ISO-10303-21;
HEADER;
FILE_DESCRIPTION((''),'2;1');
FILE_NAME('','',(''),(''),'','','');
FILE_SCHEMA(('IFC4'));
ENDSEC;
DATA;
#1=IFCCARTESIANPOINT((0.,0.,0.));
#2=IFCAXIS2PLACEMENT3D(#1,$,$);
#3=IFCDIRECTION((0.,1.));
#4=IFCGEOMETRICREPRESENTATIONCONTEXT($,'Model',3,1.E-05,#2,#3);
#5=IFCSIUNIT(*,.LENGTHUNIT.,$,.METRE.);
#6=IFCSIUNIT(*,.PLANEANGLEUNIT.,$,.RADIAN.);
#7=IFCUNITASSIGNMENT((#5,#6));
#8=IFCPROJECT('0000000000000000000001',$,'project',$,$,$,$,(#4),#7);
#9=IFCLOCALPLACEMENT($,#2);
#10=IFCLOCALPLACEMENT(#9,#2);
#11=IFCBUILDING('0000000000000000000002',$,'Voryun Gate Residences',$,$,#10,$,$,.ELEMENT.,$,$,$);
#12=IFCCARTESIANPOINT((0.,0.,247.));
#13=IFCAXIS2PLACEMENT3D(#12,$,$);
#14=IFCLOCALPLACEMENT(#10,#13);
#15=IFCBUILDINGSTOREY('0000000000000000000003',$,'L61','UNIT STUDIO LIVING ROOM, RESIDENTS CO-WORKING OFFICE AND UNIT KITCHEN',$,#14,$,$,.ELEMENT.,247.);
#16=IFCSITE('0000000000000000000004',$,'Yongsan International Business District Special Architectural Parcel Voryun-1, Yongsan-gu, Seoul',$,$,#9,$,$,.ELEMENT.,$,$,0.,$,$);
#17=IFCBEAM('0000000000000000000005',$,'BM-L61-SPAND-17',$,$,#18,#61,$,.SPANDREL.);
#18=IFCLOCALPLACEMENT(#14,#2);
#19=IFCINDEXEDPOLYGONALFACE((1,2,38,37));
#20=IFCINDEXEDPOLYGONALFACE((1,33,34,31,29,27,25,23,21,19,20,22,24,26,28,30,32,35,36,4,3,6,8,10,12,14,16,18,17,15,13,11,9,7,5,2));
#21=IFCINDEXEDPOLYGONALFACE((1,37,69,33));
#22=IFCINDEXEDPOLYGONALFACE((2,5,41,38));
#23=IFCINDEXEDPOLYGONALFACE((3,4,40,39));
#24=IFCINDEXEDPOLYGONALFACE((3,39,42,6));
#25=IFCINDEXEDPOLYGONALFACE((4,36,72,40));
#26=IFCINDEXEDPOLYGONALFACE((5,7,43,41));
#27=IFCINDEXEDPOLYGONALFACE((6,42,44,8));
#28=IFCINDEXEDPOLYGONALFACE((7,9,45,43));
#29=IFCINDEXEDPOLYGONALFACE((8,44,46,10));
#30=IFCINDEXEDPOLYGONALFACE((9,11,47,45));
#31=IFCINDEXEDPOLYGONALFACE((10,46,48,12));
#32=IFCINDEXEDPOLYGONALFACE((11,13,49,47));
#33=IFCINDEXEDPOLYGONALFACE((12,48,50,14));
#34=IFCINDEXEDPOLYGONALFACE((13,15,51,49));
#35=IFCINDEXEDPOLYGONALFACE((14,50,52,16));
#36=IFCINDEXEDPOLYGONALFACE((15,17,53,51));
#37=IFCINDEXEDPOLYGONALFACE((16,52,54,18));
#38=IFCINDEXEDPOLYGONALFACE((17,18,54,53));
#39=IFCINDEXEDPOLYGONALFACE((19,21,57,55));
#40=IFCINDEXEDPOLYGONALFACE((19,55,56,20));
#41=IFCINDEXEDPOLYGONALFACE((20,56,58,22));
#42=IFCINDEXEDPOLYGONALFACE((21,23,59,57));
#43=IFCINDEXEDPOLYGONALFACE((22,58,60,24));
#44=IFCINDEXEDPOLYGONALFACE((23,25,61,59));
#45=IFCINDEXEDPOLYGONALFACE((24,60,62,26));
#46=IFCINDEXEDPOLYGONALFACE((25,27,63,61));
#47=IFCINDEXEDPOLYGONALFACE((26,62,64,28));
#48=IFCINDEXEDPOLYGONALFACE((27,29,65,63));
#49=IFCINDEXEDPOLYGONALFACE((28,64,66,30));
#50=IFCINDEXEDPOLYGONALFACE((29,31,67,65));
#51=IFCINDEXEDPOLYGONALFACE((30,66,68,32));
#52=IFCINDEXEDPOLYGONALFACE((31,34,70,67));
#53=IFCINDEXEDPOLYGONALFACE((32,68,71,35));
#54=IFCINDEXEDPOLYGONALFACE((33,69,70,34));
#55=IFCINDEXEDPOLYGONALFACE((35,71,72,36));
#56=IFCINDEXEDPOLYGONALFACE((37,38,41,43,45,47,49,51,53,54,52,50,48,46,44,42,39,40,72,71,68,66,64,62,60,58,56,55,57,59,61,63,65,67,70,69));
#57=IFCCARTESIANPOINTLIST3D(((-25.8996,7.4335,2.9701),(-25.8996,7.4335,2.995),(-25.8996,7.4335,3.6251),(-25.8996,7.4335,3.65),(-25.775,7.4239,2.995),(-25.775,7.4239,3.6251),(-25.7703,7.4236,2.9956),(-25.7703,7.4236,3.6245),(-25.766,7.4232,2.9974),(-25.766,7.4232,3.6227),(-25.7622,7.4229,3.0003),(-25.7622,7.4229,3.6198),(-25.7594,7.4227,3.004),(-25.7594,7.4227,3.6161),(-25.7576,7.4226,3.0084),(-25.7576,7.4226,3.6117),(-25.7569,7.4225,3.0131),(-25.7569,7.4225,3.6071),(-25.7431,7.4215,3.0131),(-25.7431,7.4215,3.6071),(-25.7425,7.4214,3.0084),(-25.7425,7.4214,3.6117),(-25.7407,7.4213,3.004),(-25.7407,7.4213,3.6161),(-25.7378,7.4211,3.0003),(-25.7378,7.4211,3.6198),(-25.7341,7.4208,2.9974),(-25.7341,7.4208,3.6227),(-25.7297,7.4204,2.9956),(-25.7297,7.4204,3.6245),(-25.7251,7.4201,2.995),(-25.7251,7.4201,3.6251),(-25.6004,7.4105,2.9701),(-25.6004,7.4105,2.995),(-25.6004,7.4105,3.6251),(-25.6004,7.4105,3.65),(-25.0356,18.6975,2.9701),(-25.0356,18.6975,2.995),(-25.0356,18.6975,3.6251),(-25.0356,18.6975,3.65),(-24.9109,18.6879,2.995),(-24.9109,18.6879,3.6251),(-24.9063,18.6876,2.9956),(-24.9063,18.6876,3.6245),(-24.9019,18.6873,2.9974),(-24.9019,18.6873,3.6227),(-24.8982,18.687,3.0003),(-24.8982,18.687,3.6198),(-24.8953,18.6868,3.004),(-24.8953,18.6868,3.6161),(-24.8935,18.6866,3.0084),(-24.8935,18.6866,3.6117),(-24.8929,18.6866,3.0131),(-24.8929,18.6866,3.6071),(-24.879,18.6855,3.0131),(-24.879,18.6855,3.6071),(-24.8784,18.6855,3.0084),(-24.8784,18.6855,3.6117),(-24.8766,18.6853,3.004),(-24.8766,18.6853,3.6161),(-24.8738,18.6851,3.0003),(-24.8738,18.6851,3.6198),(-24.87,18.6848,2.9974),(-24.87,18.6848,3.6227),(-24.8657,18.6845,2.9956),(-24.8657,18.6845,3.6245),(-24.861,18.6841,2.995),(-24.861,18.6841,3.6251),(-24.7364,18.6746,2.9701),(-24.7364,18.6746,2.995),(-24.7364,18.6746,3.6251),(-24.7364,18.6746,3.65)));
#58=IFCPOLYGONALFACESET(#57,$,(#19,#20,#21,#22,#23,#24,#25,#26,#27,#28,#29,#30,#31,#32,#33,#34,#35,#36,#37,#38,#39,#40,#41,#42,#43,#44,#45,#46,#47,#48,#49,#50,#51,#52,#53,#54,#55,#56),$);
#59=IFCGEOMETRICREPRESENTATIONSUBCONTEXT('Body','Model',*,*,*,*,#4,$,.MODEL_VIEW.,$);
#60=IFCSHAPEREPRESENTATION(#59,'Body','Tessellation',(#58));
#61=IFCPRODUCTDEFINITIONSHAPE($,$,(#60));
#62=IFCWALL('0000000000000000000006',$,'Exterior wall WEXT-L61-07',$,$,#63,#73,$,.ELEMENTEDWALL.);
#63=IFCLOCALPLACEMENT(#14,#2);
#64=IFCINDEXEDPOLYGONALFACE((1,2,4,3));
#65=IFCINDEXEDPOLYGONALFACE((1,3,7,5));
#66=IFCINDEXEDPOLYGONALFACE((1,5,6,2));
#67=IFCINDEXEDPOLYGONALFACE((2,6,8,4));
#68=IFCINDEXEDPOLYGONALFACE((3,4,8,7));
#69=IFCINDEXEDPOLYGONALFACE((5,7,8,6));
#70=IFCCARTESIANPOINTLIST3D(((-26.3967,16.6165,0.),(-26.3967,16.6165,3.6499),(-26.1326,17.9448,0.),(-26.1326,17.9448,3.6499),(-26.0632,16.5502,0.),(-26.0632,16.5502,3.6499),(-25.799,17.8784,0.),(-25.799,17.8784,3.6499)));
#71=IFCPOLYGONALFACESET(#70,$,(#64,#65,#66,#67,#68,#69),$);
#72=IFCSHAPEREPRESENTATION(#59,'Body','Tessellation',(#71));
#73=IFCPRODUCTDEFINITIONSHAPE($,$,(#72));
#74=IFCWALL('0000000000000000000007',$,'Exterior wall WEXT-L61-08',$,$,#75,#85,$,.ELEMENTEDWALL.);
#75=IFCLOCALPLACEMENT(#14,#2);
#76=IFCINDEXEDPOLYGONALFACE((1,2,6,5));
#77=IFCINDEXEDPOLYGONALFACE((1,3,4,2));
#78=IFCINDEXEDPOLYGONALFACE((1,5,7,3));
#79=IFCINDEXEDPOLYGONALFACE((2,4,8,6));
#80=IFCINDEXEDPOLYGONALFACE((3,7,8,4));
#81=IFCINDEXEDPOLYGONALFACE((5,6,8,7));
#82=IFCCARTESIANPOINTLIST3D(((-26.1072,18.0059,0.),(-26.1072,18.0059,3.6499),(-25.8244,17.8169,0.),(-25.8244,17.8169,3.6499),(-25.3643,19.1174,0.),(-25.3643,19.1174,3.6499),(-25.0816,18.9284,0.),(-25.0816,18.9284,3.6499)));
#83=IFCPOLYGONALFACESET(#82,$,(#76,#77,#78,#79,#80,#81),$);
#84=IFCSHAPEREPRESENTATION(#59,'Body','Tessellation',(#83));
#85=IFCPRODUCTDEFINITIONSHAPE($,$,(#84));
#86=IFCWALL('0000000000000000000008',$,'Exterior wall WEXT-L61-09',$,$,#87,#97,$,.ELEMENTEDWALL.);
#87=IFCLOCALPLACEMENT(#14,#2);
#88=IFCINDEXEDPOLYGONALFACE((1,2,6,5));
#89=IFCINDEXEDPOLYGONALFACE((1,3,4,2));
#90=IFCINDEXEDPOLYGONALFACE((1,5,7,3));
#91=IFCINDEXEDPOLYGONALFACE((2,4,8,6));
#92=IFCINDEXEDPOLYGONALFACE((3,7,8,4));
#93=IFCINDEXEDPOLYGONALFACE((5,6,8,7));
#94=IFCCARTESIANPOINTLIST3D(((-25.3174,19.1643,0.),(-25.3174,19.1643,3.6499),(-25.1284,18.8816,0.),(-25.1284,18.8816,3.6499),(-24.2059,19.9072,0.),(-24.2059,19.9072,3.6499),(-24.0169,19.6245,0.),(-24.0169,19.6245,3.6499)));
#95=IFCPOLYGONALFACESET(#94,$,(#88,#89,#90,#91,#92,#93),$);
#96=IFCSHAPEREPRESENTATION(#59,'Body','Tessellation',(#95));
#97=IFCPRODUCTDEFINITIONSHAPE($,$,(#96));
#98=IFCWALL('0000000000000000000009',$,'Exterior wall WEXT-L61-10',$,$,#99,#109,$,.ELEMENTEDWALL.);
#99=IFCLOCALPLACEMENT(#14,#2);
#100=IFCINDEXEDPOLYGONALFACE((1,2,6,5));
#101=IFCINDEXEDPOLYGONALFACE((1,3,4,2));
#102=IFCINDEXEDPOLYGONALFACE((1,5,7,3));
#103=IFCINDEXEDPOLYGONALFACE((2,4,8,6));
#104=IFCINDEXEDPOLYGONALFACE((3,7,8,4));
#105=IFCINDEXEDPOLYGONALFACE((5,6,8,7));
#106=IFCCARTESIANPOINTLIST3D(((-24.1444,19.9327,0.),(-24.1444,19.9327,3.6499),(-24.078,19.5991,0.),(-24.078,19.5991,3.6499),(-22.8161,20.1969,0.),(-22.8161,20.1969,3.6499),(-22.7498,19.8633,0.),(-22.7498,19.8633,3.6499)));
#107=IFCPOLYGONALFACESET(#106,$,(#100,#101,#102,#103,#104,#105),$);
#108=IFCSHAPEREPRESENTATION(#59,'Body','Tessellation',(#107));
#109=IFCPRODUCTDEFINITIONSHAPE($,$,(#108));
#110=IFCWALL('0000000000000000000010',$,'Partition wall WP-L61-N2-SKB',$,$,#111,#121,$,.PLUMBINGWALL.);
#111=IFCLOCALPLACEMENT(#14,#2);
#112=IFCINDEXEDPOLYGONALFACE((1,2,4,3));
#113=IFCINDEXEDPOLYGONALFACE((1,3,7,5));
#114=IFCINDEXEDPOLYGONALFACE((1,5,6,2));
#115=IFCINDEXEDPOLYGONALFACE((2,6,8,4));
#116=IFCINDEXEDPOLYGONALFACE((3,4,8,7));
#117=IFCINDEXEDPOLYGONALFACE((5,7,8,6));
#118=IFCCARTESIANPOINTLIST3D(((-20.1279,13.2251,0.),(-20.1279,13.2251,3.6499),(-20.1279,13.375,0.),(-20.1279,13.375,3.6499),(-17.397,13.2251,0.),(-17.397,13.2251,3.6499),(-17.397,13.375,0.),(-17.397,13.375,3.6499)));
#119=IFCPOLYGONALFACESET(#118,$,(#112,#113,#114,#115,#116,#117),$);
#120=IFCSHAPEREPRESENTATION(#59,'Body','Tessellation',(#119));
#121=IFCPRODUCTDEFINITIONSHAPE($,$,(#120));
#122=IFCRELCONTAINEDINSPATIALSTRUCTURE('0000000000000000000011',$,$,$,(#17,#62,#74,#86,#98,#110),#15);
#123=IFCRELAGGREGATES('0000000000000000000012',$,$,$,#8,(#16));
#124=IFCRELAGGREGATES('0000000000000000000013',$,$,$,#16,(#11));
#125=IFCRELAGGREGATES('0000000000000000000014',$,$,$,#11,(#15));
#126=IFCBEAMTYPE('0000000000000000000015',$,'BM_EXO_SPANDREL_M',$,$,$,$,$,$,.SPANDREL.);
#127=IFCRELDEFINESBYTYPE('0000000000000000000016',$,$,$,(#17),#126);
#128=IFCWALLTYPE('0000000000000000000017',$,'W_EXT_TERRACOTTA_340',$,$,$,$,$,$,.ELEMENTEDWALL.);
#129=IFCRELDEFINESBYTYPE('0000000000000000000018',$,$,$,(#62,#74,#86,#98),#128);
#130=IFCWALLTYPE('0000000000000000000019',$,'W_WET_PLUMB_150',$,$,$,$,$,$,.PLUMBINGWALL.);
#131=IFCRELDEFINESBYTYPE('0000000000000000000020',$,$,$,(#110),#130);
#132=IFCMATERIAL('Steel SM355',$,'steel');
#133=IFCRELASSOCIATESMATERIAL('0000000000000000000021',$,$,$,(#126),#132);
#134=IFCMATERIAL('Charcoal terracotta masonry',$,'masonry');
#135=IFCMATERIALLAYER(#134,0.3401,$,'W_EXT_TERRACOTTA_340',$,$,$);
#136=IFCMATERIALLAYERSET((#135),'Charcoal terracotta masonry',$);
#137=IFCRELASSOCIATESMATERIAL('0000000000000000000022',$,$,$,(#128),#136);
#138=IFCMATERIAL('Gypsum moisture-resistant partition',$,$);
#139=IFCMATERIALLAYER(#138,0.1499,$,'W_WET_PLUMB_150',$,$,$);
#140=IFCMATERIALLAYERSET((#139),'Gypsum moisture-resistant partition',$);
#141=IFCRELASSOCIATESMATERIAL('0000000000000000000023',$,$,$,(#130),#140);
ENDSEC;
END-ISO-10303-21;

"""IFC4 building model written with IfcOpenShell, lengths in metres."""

from ifc_helpers import new_model, si_unit, direction, frame, frame_2d, origin, origin_2d, place, context, subcontext, project, spatial, rectangle, i_section, extrude, material, layer, layer_set, material_profile, profile_set, type_object, element, save


model = new_model("IFC4")

# Units and contexts
model_context = context("Model", 3, precision=1e-05, world=origin(), true_north=direction((0.0, 1.0)))
body_context = subcontext(model_context, "Body", "Model", "MODEL_VIEW")
ifc_project = project(units=[si_unit("LENGTHUNIT", "METRE"), si_unit("PLANEANGLEUNIT", "RADIAN")], contexts=[model_context])

# Site, building, storey
site_placement = place(None, origin())
site = spatial("IfcSite", under=ifc_project, at=site_placement, Name="Yongsan International Business District Special Architectural Parcel Voryun-1, Yongsan-gu, Seoul", CompositionType="ELEMENT", RefElevation=0.0)
building_placement = place(site_placement, origin())
building = spatial("IfcBuilding", under=site, at=building_placement, Name="Voryun Gate Residences", CompositionType="ELEMENT")
storey_placement = place(building_placement, frame((0.0, 0.0, 247.0)))
storey = spatial("IfcBuildingStorey", under=building, at=storey_placement, Name="L61", Description="UNIT STUDIO LIVING ROOM, RESIDENTS CO-WORKING OFFICE AND UNIT KITCHEN", CompositionType="ELEMENT", Elevation=247.0)

# Beam
ifc_material_1 = material(Name="Steel SM355", Category="steel")
ifc_material_profile_1 = material_profile(ifc_material_1, i_section(OverallWidth=0.3, OverallDepth=0.6799, WebThickness=0.0139, FlangeThickness=0.0249, FilletRadius=0.0181, at=origin_2d()), Name="H-680x300x14x25")
ifc_profile_set_1 = profile_set([ifc_material_profile_1], Name="Steel SM355")
beam_type = type_object("IfcBeamType", Name="BM_EXO_SPANDREL_M", PredefinedType="SPANDREL", material=ifc_profile_set_1)
beam_1_placement = place(storey_placement, frame((-24.886, 18.686, 3.3101), z_axis=(-0.076482, -0.997071, 0.0), x_axis=(0.997071, -0.076482, 0.0)))
element("IfcBeam", 1, at=beam_1_placement, inside=storey, type_object=beam_type, Name="BM-L61-SPAND-17", PredefinedType="SPANDREL", context=body_context, shape_type="SweptSolid", body=[
    extrude(i_section(OverallWidth=0.3, OverallDepth=0.6799, WebThickness=0.0139, FlangeThickness=0.0249, FilletRadius=0.0181, at=origin_2d()), origin(), (0.0, 0.0, 1.0), 11.2971),
])

# Walls
ifc_material_2 = material(Name="Charcoal terracotta masonry", Category="masonry")
ifc_layer_1 = layer(ifc_material_2, 0.3401, Name="W_EXT_TERRACOTTA_340")
ifc_layer_set_1 = layer_set([ifc_layer_1], Name="Charcoal terracotta masonry")
wall_type_1 = type_object("IfcWallType", Name="W_EXT_TERRACOTTA_340", PredefinedType="ELEMENTEDWALL", material=ifc_layer_set_1)
wall_1_placement = place(storey_placement, frame((-26.23, 16.5833, 0.0), z_axis=(0.0, 0.0, 1.0), x_axis=(0.195076, 0.980788, 0.0)))
element("IfcWall", 2, at=wall_1_placement, inside=storey, type_object=wall_type_1, Name="Exterior wall WEXT-L61-07", PredefinedType="ELEMENTEDWALL", context=body_context, shape_type="SweptSolid", body=[
    extrude(rectangle(XDim=1.3542, YDim=0.3401, at=frame_2d((0.6772, 0.0))), origin(), (0.0, 0.0, 1.0), 3.6499),
])
for number, where, z_axis, x_axis, name in (
    (3, (-25.9658, 17.9114, 0.0), (0.0, 0.0, 1.0), (0.555669, 0.831404, 0.0), "Exterior wall WEXT-L61-08"),
    (4, (-25.2229, 19.0229, 0.0), (0.0, 0.0, 1.0), (0.831404, 0.555669, 0.0), "Exterior wall WEXT-L61-09"),
):
    element("IfcWall", number, at=place(storey_placement, frame(where, z_axis=z_axis, x_axis=x_axis)), inside=storey, type_object=wall_type_1, Name=name, PredefinedType="ELEMENTEDWALL", context=body_context, shape_type="SweptSolid", body=[
        extrude(rectangle(XDim=1.3369, YDim=0.3401, at=frame_2d((0.6685, 0.0))), origin(), (0.0, 0.0, 1.0), 3.6499),
    ])
wall_2_placement = place(storey_placement, frame((-24.1113, 19.7659, 0.0), z_axis=(0.0, 0.0, 1.0), x_axis=(0.980788, 0.195076, 0.0)))
element("IfcWall", 5, at=wall_2_placement, inside=storey, type_object=wall_type_1, Name="Exterior wall WEXT-L61-10", PredefinedType="ELEMENTEDWALL", context=body_context, shape_type="SweptSolid", body=[
    extrude(rectangle(XDim=1.3542, YDim=0.3401, at=frame_2d((0.6772, 0.0))), origin(), (0.0, 0.0, 1.0), 3.6499),
])

# Wall
ifc_material_3 = material(Name="Gypsum moisture-resistant partition")
ifc_layer_2 = layer(ifc_material_3, 0.1499, Name="W_WET_PLUMB_150")
ifc_layer_set_2 = layer_set([ifc_layer_2], Name="Gypsum moisture-resistant partition")
wall_type_2 = type_object("IfcWallType", Name="W_WET_PLUMB_150", PredefinedType="PLUMBINGWALL", material=ifc_layer_set_2)
wall_3_placement = place(storey_placement, frame((-20.1279, 13.3, 0.0), z_axis=(0.0, 0.0, 1.0), x_axis=(1.0, 0.0, 0.0)))
element("IfcWall", 6, at=wall_3_placement, inside=storey, type_object=wall_type_2, Name="Partition wall WP-L61-N2-SKB", PredefinedType="PLUMBINGWALL", context=body_context, shape_type="SweptSolid", body=[
    extrude(rectangle(XDim=2.731, YDim=0.1499, at=frame_2d((1.3655, 0.0))), origin(), (0.0, 0.0, 1.0), 3.6499),
])

save(model, "model.ifc")
